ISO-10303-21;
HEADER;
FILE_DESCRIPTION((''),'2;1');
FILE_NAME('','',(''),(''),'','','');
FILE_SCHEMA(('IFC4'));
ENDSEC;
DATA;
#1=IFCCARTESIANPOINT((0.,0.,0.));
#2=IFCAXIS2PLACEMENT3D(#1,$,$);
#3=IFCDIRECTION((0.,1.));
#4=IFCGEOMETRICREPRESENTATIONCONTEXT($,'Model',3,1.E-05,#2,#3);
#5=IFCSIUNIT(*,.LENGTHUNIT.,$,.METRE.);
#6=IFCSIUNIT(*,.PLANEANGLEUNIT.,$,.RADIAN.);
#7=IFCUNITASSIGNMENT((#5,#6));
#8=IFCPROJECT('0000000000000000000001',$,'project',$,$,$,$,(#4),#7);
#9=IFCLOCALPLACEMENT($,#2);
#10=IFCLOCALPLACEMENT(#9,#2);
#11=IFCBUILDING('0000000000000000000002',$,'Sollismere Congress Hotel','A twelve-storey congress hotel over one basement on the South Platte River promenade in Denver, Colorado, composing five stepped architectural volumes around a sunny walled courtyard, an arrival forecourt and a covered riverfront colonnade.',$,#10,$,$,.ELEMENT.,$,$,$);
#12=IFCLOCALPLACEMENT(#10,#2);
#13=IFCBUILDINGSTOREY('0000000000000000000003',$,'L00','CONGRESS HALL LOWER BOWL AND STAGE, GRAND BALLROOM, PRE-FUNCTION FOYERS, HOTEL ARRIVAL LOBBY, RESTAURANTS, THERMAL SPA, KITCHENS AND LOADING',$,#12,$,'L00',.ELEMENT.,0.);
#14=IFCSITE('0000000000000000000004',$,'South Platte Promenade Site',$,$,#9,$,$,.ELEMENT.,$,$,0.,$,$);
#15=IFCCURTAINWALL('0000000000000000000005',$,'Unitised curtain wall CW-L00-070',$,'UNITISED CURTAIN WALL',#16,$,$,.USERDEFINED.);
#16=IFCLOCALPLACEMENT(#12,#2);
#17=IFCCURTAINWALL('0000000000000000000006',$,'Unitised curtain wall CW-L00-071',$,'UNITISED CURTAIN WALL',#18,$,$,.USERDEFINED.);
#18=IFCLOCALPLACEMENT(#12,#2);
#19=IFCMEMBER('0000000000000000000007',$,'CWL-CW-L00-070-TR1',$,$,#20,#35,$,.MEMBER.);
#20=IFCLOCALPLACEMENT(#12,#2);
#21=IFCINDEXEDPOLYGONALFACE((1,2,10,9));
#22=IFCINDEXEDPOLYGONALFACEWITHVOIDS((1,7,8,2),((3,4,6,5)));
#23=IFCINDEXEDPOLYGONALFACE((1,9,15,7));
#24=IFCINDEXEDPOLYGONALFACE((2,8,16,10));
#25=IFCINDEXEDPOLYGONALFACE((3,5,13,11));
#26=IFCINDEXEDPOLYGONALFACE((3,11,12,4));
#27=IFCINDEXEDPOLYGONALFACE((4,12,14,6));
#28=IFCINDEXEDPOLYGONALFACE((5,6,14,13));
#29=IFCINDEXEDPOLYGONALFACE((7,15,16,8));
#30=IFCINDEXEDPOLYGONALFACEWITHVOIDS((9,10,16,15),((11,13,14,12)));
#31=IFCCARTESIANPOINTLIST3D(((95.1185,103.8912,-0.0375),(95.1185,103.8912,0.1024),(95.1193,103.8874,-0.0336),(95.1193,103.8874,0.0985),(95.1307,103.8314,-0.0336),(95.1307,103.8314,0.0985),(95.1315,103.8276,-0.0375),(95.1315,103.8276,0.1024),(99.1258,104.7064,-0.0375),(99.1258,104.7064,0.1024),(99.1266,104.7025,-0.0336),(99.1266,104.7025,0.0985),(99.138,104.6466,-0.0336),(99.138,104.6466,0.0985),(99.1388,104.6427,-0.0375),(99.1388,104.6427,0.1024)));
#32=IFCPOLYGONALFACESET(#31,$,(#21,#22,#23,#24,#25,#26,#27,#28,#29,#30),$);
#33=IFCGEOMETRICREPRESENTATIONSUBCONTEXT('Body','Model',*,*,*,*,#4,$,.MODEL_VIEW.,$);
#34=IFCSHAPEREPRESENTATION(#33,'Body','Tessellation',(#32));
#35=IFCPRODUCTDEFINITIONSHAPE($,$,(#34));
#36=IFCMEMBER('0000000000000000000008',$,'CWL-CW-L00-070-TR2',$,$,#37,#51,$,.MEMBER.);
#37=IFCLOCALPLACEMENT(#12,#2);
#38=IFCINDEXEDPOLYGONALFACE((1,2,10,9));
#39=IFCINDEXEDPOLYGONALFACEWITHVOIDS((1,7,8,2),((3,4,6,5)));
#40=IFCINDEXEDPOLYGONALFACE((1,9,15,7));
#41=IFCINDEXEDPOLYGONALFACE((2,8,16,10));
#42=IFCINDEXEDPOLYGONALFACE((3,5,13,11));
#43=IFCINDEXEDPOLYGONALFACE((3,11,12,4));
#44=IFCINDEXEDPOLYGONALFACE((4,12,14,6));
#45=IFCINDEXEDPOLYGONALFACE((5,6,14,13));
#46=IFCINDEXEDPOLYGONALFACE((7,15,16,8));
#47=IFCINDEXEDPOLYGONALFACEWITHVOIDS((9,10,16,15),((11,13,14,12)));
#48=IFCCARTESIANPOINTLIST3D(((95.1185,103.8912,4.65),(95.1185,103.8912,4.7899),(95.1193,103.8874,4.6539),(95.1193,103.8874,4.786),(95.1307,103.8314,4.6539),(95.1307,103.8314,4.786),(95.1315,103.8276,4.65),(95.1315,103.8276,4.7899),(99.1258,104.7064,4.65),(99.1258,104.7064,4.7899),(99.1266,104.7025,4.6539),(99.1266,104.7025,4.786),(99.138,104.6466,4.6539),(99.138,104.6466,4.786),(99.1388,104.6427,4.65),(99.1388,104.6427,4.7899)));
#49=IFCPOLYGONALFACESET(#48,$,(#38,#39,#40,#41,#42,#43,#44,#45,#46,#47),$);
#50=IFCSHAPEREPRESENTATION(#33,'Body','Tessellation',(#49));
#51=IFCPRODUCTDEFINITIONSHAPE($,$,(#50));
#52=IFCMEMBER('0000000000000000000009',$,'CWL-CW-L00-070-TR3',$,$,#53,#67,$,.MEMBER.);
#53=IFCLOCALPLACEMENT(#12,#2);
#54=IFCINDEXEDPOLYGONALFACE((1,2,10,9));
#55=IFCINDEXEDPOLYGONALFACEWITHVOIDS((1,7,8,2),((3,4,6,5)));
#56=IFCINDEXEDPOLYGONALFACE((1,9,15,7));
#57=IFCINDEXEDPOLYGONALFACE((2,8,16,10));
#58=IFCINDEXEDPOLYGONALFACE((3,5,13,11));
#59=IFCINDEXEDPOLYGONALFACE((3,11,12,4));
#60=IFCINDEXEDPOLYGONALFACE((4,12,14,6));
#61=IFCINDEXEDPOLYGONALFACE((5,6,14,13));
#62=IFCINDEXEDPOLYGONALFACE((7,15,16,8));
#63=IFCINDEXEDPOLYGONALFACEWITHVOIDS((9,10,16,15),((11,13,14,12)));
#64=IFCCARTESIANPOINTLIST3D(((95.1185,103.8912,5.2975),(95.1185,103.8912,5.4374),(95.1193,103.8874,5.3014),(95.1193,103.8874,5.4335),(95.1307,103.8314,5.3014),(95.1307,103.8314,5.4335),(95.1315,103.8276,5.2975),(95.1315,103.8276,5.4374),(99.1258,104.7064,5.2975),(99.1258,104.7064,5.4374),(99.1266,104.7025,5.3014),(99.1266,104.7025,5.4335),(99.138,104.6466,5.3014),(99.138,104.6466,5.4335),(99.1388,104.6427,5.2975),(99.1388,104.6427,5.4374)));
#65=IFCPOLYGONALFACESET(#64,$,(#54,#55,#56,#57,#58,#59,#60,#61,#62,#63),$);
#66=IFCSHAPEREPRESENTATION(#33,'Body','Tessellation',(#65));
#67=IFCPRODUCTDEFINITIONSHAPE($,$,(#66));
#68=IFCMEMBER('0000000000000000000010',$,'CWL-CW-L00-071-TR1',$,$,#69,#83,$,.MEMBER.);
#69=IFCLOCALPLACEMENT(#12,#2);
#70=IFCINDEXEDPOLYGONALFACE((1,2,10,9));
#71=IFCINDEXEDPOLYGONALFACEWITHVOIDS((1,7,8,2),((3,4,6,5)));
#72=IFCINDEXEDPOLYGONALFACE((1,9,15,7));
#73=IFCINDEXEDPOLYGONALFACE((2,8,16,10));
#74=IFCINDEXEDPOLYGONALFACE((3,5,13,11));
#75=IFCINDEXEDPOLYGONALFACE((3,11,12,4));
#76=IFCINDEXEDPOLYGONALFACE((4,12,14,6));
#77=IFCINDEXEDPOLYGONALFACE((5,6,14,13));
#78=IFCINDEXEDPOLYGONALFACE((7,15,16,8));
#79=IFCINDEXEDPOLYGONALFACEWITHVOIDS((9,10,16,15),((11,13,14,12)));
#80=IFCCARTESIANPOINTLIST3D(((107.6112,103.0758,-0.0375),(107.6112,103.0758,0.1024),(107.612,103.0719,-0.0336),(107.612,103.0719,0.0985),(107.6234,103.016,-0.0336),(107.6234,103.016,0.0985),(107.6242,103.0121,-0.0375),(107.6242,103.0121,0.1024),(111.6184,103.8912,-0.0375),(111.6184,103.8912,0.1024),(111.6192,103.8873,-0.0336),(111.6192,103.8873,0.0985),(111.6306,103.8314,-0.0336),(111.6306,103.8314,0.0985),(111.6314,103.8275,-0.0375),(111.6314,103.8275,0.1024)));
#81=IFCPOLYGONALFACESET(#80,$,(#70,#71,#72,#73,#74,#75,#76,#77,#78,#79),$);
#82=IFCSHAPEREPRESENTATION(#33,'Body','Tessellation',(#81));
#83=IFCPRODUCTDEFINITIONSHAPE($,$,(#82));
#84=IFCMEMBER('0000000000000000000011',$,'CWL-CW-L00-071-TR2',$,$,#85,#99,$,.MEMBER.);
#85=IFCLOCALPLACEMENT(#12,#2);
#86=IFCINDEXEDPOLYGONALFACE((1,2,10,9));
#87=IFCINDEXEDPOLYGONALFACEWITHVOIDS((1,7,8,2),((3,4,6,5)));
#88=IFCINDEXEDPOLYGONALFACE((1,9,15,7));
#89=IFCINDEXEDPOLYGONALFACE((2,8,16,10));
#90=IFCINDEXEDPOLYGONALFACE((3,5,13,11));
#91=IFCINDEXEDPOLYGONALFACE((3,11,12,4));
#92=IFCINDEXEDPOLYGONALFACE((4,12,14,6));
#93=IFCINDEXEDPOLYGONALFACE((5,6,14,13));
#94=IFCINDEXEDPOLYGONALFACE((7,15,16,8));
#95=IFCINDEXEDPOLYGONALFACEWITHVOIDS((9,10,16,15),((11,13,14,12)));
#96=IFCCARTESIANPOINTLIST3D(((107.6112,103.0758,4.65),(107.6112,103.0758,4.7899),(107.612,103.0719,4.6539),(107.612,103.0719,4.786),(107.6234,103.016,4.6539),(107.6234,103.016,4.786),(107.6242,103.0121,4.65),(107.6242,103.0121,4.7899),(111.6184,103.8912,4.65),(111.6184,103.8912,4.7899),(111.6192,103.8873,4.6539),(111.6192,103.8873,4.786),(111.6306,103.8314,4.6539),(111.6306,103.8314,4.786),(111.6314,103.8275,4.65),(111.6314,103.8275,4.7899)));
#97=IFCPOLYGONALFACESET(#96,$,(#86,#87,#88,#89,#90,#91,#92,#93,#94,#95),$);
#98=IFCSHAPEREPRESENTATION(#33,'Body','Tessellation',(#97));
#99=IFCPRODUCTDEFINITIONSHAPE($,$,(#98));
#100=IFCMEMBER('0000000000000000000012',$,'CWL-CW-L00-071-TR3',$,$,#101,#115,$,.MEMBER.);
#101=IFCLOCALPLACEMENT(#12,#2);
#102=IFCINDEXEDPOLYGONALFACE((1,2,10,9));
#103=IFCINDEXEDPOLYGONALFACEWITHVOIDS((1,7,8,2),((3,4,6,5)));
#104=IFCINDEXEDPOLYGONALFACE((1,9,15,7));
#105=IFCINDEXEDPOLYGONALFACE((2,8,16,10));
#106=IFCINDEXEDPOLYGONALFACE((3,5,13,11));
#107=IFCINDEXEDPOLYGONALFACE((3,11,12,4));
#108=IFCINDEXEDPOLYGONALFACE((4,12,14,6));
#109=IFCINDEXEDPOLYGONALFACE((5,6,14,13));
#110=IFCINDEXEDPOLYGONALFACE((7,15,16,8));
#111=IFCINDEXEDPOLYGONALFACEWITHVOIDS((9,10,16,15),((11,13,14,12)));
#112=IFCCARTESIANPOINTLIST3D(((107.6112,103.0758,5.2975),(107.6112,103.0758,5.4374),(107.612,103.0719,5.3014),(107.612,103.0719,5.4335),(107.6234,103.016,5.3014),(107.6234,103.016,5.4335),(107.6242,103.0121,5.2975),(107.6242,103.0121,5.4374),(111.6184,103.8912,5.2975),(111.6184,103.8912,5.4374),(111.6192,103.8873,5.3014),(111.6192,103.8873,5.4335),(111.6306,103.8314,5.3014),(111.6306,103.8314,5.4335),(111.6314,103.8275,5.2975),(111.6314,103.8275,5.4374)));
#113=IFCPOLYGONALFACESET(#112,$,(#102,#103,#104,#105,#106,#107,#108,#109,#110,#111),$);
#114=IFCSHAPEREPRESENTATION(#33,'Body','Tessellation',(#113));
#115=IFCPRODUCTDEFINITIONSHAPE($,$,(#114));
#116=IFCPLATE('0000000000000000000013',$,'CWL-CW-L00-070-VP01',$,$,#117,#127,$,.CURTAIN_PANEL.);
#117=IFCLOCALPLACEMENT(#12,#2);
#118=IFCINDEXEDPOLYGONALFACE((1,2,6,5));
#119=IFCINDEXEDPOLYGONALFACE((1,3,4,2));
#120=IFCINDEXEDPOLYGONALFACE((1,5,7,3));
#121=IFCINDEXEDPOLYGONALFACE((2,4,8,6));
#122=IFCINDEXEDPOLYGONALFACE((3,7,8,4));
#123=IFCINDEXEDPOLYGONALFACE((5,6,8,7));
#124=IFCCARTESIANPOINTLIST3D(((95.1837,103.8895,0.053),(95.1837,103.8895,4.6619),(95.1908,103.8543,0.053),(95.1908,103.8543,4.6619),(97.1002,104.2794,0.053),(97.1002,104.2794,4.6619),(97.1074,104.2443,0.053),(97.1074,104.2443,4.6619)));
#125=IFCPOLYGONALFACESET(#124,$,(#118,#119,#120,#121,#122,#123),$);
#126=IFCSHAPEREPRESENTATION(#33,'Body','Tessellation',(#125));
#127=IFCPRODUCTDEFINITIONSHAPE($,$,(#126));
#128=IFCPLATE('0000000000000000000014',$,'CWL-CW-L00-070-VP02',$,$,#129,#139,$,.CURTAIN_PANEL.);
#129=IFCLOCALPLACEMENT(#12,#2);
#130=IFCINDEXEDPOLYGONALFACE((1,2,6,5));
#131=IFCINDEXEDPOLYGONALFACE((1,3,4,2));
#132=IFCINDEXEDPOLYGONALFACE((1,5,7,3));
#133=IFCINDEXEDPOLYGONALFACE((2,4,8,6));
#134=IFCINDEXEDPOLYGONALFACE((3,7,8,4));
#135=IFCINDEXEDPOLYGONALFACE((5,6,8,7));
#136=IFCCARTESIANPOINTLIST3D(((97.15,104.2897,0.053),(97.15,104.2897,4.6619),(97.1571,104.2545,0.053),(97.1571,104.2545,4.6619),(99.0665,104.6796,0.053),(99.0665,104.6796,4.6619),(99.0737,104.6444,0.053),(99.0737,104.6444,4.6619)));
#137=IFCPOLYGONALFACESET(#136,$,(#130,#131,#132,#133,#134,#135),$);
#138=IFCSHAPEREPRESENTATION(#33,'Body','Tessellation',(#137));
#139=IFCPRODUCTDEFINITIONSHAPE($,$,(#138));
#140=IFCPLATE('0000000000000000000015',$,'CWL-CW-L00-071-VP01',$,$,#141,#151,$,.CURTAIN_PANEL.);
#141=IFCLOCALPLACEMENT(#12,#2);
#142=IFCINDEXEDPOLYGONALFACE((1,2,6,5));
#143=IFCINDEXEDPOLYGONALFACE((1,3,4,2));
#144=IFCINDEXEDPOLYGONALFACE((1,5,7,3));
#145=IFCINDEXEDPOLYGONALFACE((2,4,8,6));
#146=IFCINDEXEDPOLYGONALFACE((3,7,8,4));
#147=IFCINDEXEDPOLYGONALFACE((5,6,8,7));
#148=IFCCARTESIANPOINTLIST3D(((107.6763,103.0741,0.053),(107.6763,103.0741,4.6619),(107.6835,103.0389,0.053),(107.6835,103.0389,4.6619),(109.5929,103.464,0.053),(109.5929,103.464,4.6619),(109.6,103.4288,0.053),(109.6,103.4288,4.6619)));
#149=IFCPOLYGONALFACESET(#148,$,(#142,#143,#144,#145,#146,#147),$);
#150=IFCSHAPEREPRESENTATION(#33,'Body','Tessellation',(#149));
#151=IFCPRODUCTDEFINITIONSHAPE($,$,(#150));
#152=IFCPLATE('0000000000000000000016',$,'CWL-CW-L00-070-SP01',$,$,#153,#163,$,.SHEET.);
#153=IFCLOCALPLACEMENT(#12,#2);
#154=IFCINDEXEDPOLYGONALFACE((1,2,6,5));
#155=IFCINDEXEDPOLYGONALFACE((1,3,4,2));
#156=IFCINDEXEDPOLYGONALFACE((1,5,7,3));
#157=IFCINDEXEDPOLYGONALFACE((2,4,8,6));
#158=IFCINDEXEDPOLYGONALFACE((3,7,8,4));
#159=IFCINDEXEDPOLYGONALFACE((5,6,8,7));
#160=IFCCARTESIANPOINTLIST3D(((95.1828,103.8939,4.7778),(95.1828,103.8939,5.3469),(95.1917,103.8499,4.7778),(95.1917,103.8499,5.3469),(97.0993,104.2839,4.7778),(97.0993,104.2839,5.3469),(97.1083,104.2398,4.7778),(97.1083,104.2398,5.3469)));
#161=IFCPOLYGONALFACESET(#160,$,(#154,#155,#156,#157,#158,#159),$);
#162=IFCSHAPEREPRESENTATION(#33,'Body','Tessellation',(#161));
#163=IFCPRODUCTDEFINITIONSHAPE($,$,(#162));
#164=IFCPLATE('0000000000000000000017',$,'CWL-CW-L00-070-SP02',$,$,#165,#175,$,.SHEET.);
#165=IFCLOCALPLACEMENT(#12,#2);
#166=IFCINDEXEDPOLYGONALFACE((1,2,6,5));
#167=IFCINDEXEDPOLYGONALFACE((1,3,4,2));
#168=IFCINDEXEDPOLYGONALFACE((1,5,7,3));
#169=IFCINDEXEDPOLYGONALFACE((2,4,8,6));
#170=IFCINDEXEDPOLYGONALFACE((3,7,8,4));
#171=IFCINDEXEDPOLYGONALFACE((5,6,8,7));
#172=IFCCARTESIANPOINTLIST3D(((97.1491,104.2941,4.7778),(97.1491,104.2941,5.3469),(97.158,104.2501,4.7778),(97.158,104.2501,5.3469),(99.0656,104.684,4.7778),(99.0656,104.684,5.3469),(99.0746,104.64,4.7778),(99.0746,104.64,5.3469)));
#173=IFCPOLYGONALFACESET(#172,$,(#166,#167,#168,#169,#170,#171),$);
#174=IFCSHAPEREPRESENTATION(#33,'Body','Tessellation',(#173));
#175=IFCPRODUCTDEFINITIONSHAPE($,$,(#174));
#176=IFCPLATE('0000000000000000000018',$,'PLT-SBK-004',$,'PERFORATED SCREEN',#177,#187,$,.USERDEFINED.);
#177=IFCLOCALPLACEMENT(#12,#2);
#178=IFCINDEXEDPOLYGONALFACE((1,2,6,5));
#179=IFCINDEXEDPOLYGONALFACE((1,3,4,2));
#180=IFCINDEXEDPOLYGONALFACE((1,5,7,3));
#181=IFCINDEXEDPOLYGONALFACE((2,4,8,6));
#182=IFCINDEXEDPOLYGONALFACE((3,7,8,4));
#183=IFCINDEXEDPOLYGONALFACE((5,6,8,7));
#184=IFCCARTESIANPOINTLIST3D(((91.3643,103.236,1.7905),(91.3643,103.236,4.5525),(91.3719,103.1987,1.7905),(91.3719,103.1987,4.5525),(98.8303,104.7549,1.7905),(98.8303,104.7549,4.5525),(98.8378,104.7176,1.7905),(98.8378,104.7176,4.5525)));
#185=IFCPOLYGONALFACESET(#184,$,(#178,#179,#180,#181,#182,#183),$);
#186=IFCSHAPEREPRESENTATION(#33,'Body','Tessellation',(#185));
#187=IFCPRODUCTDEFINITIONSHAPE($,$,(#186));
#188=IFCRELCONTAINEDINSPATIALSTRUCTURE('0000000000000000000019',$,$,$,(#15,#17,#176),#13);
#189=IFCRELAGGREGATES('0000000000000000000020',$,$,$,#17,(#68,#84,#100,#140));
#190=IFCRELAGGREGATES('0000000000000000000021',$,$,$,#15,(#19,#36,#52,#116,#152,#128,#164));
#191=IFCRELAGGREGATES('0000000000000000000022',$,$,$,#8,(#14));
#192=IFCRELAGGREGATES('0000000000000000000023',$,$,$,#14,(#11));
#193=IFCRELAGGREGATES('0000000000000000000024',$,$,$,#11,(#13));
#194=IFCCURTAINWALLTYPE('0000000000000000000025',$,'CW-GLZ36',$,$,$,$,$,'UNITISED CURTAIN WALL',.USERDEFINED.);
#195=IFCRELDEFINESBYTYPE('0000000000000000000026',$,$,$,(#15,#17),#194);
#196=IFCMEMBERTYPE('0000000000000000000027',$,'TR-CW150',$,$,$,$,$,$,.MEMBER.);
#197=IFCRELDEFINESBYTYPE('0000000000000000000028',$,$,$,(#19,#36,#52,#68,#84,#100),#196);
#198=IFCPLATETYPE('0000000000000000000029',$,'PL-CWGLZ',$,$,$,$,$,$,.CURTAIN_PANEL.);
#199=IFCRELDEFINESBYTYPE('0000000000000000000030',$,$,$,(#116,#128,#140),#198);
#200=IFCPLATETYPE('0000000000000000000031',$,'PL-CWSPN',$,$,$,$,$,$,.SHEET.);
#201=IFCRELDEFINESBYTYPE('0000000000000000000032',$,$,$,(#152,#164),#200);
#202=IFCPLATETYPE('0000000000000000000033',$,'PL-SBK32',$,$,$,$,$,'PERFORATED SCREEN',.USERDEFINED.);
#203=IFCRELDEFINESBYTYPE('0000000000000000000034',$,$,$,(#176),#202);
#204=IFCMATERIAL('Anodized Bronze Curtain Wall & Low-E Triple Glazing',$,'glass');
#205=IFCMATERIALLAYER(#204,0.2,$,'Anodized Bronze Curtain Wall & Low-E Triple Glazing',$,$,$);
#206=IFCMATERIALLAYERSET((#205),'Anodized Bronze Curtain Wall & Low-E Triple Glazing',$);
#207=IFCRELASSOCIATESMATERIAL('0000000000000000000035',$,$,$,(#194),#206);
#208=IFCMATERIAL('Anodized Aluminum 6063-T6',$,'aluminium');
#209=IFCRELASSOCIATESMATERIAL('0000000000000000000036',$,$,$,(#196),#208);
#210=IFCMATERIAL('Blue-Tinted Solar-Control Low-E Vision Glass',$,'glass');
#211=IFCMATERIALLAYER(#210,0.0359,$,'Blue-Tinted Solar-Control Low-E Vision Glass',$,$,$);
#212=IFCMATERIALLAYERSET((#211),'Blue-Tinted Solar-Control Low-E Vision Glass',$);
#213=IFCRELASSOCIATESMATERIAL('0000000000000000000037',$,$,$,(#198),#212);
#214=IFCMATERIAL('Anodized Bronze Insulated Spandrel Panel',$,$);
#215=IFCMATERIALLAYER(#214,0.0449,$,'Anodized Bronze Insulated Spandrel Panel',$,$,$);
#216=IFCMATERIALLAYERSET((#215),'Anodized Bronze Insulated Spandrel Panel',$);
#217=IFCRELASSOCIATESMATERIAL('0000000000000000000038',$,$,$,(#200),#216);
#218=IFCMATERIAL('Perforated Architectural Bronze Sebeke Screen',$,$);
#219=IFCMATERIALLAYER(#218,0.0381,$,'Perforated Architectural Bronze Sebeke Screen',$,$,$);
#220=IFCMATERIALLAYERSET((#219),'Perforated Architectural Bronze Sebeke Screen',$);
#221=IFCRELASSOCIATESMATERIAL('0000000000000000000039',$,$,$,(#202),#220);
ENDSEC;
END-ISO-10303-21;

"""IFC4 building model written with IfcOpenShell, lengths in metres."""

from ifc_helpers import new_model, si_unit, direction, frame, origin, origin_2d, place, context, subcontext, project, spatial, rectangle, hollow_rectangle, extrude, material, layer, layer_set, material_profile, profile_set, type_object, element, aggregate, save


model = new_model("IFC4")

# Units and contexts
model_context = context("Model", 3, precision=1e-05, world=origin(), true_north=direction((0.0, 1.0)))
body_context = subcontext(model_context, "Body", "Model", "MODEL_VIEW")
ifc_project = project(units=[si_unit("LENGTHUNIT", "METRE"), si_unit("PLANEANGLEUNIT", "RADIAN")], contexts=[model_context])

# Site, building, storey
site_placement = place(None, origin())
site = spatial("IfcSite", under=ifc_project, at=site_placement, Name="South Platte Promenade Site", CompositionType="ELEMENT", RefElevation=0.0)
building_placement = place(site_placement, origin())
building = spatial("IfcBuilding", under=site, at=building_placement, Name="Sollismere Congress Hotel", Description="A twelve-storey congress hotel over one basement on the South Platte River promenade in Denver, Colorado, composing five stepped architectural volumes around a sunny walled courtyard, an arrival forecourt and a covered riverfront colonnade.", CompositionType="ELEMENT")
storey_placement = place(building_placement, origin())
storey = spatial("IfcBuildingStorey", under=building, at=storey_placement, Name="L00", Description="CONGRESS HALL LOWER BOWL AND STAGE, GRAND BALLROOM, PRE-FUNCTION FOYERS, HOTEL ARRIVAL LOBBY, RESTAURANTS, THERMAL SPA, KITCHENS AND LOADING", LongName="L00", CompositionType="ELEMENT", Elevation=0.0)

# Shared definitions
ifc_material_1 = material(Name="Anodized Bronze Curtain Wall & Low-E Triple Glazing", Category="glass")
ifc_layer_1 = layer(ifc_material_1, 0.2, Name="Anodized Bronze Curtain Wall & Low-E Triple Glazing")
ifc_layer_set_1 = layer_set([ifc_layer_1], Name="Anodized Bronze Curtain Wall & Low-E Triple Glazing")
curtain_wall_type = type_object("IfcCurtainWallType", Name="CW-GLZ36", ElementType="UNITISED CURTAIN WALL", PredefinedType="USERDEFINED", material=ifc_layer_set_1)
ifc_material_2 = material(Name="Anodized Aluminum 6063-T6", Category="aluminium")

# Curtain wall
curtain_wall_1_placement = place(storey_placement, origin())
curtain_wall_1 = element("IfcCurtainWall", 1, at=curtain_wall_1_placement, inside=storey, type_object=curtain_wall_type, Name="Unitised curtain wall CW-L00-070", ObjectType="UNITISED CURTAIN WALL", PredefinedType="USERDEFINED")

# Curtain wall
curtain_wall_2_placement = place(storey_placement, origin())
curtain_wall_2 = element("IfcCurtainWall", 2, at=curtain_wall_2_placement, inside=storey, type_object=curtain_wall_type, Name="Unitised curtain wall CW-L00-071", ObjectType="UNITISED CURTAIN WALL", PredefinedType="USERDEFINED")

# Members
ifc_material_profile_1 = material_profile(ifc_material_2, hollow_rectangle(XDim=0.0649, YDim=0.1399, WallThickness=0.0039, at=origin_2d()), Name="ALU140X65X4")
ifc_profile_set_1 = profile_set([ifc_material_profile_1], Name="Anodized Aluminum 6063-T6")
member_type_1 = type_object("IfcMemberType", Name="TR-CW150", PredefinedType="MEMBER", material=ifc_profile_set_1)
member_1_placement = place(storey_placement, frame((95.125, 103.8594, 0.0325), z_axis=(0.97993, 0.199341, 0.0), x_axis=(-0.199341, 0.97993, 0.0)))
member_1 = element("IfcMember", 3, at=member_1_placement, type_object=member_type_1, Name="CWL-CW-L00-070-TR1", PredefinedType="MEMBER", context=body_context, shape_type="SweptSolid", body=[
    extrude(hollow_rectangle(XDim=0.0649, YDim=0.1399, WallThickness=0.0039, at=origin_2d()), origin(), (0.0, 0.0, 1.0), 4.0894),
])
member_2_placement = place(storey_placement, frame((95.125, 103.8594, 4.72), z_axis=(0.97993, 0.199341, 0.0), x_axis=(-0.199341, 0.97993, 0.0)))
member_2 = element("IfcMember", 4, at=member_2_placement, type_object=member_type_1, Name="CWL-CW-L00-070-TR2", PredefinedType="MEMBER", context=body_context, shape_type="SweptSolid", body=[
    extrude(hollow_rectangle(XDim=0.0649, YDim=0.1399, WallThickness=0.0039, at=origin_2d()), origin(), (0.0, 0.0, 1.0), 4.0894),
])
member_3_placement = place(storey_placement, frame((95.125, 103.8594, 5.3674), z_axis=(0.97993, 0.199341, 0.0), x_axis=(-0.199341, 0.97993, 0.0)))
member_3 = element("IfcMember", 5, at=member_3_placement, type_object=member_type_1, Name="CWL-CW-L00-070-TR3", PredefinedType="MEMBER", context=body_context, shape_type="SweptSolid", body=[
    extrude(hollow_rectangle(XDim=0.0649, YDim=0.1399, WallThickness=0.0039, at=origin_2d()), origin(), (0.0, 0.0, 1.0), 4.0894),
])
member_4_placement = place(storey_placement, frame((107.6177, 103.0439, 0.0325), z_axis=(0.979918, 0.199399, 0.0), x_axis=(-0.199399, 0.979918, 0.0)))
member_4 = element("IfcMember", 6, at=member_4_placement, type_object=member_type_1, Name="CWL-CW-L00-071-TR1", PredefinedType="MEMBER", context=body_context, shape_type="SweptSolid", body=[
    extrude(hollow_rectangle(XDim=0.0649, YDim=0.1399, WallThickness=0.0039, at=origin_2d()), origin(), (0.0, 0.0, 1.0), 4.0894),
])
member_5_placement = place(storey_placement, frame((107.6177, 103.0439, 4.72), z_axis=(0.979918, 0.199399, 0.0), x_axis=(-0.199399, 0.979918, 0.0)))
member_5 = element("IfcMember", 7, at=member_5_placement, type_object=member_type_1, Name="CWL-CW-L00-071-TR2", PredefinedType="MEMBER", context=body_context, shape_type="SweptSolid", body=[
    extrude(hollow_rectangle(XDim=0.0649, YDim=0.1399, WallThickness=0.0039, at=origin_2d()), origin(), (0.0, 0.0, 1.0), 4.0894),
])
member_6_placement = place(storey_placement, frame((107.6177, 103.0439, 5.3674), z_axis=(0.979918, 0.199399, 0.0), x_axis=(-0.199399, 0.979918, 0.0)))
member_6 = element("IfcMember", 8, at=member_6_placement, type_object=member_type_1, Name="CWL-CW-L00-071-TR3", PredefinedType="MEMBER", context=body_context, shape_type="SweptSolid", body=[
    extrude(hollow_rectangle(XDim=0.0649, YDim=0.1399, WallThickness=0.0039, at=origin_2d()), origin(), (0.0, 0.0, 1.0), 4.0894),
])

# Plates
ifc_material_3 = material(Name="Blue-Tinted Solar-Control Low-E Vision Glass", Category="glass")
ifc_layer_2 = layer(ifc_material_3, 0.0359, Name="Blue-Tinted Solar-Control Low-E Vision Glass")
ifc_layer_set_2 = layer_set([ifc_layer_2], Name="Blue-Tinted Solar-Control Low-E Vision Glass")
plate_type_1 = type_object("IfcPlateType", Name="PL-CWGLZ", PredefinedType="CURTAIN_PANEL", material=ifc_layer_set_2)
plate_1_placement = place(storey_placement, frame((96.1455, 104.0669, 0.053), z_axis=(0.0, 0.0, 1.0), x_axis=(0.979925, 0.199368, 0.0)))
plate_1 = element("IfcPlate", 9, at=plate_1_placement, type_object=plate_type_1, Name="CWL-CW-L00-070-VP01", PredefinedType="CURTAIN_PANEL", context=body_context, shape_type="SweptSolid", body=[
    extrude(rectangle(XDim=1.9558, YDim=0.0359, at=origin_2d()), origin(), (0.0, 0.0, 1.0), 4.6089),
])
plate_2_placement = place(storey_placement, frame((98.1118, 104.467, 0.053), z_axis=(0.0, 0.0, 1.0), x_axis=(0.979925, 0.199368, 0.0)))
plate_2 = element("IfcPlate", 10, at=plate_2_placement, type_object=plate_type_1, Name="CWL-CW-L00-070-VP02", PredefinedType="CURTAIN_PANEL", context=body_context, shape_type="SweptSolid", body=[
    extrude(rectangle(XDim=1.9558, YDim=0.0359, at=origin_2d()), origin(), (0.0, 0.0, 1.0), 4.6089),
])
plate_3_placement = place(storey_placement, frame((108.6382, 103.2515, 0.053), z_axis=(0.0, 0.0, 1.0), x_axis=(0.979925, 0.199368, 0.0)))
plate_3 = element("IfcPlate", 11, at=plate_3_placement, type_object=plate_type_1, Name="CWL-CW-L00-071-VP01", PredefinedType="CURTAIN_PANEL", context=body_context, shape_type="SweptSolid", body=[
    extrude(rectangle(XDim=1.9558, YDim=0.0359, at=origin_2d()), origin(), (0.0, 0.0, 1.0), 4.6089),
])
aggregate(curtain_wall_2, [member_4, member_5, member_6, plate_3])
ifc_material_4 = material(Name="Anodized Bronze Insulated Spandrel Panel")
ifc_layer_3 = layer(ifc_material_4, 0.0449, Name="Anodized Bronze Insulated Spandrel Panel")
ifc_layer_set_3 = layer_set([ifc_layer_3], Name="Anodized Bronze Insulated Spandrel Panel")
plate_type_2 = type_object("IfcPlateType", Name="PL-CWSPN", PredefinedType="SHEET", material=ifc_layer_set_3)
plate_4_placement = place(storey_placement, frame((96.1455, 104.0669, 4.7778), z_axis=(0.0, 0.0, 1.0), x_axis=(0.979925, 0.199368, 0.0)))
plate_4 = element("IfcPlate", 12, at=plate_4_placement, type_object=plate_type_2, Name="CWL-CW-L00-070-SP01", PredefinedType="SHEET", context=body_context, shape_type="SweptSolid", body=[
    extrude(rectangle(XDim=1.9558, YDim=0.0449, at=origin_2d()), origin(), (0.0, 0.0, 1.0), 0.5691),
])
plate_5_placement = place(storey_placement, frame((98.1118, 104.467, 4.7778), z_axis=(0.0, 0.0, 1.0), x_axis=(0.979925, 0.199368, 0.0)))
plate_5 = element("IfcPlate", 13, at=plate_5_placement, type_object=plate_type_2, Name="CWL-CW-L00-070-SP02", PredefinedType="SHEET", context=body_context, shape_type="SweptSolid", body=[
    extrude(rectangle(XDim=1.9558, YDim=0.0449, at=origin_2d()), origin(), (0.0, 0.0, 1.0), 0.5691),
])
aggregate(curtain_wall_1, [member_1, member_2, member_3, plate_1, plate_4, plate_2, plate_5])
ifc_material_5 = material(Name="Perforated Architectural Bronze Sebeke Screen")
ifc_layer_4 = layer(ifc_material_5, 0.0381, Name="Perforated Architectural Bronze Sebeke Screen")
ifc_layer_set_4 = layer_set([ifc_layer_4], Name="Perforated Architectural Bronze Sebeke Screen")
plate_type_3 = type_object("IfcPlateType", Name="PL-SBK32", ElementType="PERFORATED SCREEN", PredefinedType="USERDEFINED", material=ifc_layer_set_4)
plate_6_placement = place(storey_placement, frame((95.1011, 103.9768, 1.7905), z_axis=(0.0, 0.0, 1.0), x_axis=(0.979925, 0.199368, 0.0)))
element("IfcPlate", 14, at=plate_6_placement, inside=storey, type_object=plate_type_3, Name="PLT-SBK-004", ObjectType="PERFORATED SCREEN", PredefinedType="USERDEFINED", context=body_context, shape_type="SweptSolid", body=[
    extrude(rectangle(XDim=7.6189, YDim=0.0381, at=origin_2d()), origin(), (0.0, 0.0, 1.0), 2.762),
])

save(model, "model.ifc")
